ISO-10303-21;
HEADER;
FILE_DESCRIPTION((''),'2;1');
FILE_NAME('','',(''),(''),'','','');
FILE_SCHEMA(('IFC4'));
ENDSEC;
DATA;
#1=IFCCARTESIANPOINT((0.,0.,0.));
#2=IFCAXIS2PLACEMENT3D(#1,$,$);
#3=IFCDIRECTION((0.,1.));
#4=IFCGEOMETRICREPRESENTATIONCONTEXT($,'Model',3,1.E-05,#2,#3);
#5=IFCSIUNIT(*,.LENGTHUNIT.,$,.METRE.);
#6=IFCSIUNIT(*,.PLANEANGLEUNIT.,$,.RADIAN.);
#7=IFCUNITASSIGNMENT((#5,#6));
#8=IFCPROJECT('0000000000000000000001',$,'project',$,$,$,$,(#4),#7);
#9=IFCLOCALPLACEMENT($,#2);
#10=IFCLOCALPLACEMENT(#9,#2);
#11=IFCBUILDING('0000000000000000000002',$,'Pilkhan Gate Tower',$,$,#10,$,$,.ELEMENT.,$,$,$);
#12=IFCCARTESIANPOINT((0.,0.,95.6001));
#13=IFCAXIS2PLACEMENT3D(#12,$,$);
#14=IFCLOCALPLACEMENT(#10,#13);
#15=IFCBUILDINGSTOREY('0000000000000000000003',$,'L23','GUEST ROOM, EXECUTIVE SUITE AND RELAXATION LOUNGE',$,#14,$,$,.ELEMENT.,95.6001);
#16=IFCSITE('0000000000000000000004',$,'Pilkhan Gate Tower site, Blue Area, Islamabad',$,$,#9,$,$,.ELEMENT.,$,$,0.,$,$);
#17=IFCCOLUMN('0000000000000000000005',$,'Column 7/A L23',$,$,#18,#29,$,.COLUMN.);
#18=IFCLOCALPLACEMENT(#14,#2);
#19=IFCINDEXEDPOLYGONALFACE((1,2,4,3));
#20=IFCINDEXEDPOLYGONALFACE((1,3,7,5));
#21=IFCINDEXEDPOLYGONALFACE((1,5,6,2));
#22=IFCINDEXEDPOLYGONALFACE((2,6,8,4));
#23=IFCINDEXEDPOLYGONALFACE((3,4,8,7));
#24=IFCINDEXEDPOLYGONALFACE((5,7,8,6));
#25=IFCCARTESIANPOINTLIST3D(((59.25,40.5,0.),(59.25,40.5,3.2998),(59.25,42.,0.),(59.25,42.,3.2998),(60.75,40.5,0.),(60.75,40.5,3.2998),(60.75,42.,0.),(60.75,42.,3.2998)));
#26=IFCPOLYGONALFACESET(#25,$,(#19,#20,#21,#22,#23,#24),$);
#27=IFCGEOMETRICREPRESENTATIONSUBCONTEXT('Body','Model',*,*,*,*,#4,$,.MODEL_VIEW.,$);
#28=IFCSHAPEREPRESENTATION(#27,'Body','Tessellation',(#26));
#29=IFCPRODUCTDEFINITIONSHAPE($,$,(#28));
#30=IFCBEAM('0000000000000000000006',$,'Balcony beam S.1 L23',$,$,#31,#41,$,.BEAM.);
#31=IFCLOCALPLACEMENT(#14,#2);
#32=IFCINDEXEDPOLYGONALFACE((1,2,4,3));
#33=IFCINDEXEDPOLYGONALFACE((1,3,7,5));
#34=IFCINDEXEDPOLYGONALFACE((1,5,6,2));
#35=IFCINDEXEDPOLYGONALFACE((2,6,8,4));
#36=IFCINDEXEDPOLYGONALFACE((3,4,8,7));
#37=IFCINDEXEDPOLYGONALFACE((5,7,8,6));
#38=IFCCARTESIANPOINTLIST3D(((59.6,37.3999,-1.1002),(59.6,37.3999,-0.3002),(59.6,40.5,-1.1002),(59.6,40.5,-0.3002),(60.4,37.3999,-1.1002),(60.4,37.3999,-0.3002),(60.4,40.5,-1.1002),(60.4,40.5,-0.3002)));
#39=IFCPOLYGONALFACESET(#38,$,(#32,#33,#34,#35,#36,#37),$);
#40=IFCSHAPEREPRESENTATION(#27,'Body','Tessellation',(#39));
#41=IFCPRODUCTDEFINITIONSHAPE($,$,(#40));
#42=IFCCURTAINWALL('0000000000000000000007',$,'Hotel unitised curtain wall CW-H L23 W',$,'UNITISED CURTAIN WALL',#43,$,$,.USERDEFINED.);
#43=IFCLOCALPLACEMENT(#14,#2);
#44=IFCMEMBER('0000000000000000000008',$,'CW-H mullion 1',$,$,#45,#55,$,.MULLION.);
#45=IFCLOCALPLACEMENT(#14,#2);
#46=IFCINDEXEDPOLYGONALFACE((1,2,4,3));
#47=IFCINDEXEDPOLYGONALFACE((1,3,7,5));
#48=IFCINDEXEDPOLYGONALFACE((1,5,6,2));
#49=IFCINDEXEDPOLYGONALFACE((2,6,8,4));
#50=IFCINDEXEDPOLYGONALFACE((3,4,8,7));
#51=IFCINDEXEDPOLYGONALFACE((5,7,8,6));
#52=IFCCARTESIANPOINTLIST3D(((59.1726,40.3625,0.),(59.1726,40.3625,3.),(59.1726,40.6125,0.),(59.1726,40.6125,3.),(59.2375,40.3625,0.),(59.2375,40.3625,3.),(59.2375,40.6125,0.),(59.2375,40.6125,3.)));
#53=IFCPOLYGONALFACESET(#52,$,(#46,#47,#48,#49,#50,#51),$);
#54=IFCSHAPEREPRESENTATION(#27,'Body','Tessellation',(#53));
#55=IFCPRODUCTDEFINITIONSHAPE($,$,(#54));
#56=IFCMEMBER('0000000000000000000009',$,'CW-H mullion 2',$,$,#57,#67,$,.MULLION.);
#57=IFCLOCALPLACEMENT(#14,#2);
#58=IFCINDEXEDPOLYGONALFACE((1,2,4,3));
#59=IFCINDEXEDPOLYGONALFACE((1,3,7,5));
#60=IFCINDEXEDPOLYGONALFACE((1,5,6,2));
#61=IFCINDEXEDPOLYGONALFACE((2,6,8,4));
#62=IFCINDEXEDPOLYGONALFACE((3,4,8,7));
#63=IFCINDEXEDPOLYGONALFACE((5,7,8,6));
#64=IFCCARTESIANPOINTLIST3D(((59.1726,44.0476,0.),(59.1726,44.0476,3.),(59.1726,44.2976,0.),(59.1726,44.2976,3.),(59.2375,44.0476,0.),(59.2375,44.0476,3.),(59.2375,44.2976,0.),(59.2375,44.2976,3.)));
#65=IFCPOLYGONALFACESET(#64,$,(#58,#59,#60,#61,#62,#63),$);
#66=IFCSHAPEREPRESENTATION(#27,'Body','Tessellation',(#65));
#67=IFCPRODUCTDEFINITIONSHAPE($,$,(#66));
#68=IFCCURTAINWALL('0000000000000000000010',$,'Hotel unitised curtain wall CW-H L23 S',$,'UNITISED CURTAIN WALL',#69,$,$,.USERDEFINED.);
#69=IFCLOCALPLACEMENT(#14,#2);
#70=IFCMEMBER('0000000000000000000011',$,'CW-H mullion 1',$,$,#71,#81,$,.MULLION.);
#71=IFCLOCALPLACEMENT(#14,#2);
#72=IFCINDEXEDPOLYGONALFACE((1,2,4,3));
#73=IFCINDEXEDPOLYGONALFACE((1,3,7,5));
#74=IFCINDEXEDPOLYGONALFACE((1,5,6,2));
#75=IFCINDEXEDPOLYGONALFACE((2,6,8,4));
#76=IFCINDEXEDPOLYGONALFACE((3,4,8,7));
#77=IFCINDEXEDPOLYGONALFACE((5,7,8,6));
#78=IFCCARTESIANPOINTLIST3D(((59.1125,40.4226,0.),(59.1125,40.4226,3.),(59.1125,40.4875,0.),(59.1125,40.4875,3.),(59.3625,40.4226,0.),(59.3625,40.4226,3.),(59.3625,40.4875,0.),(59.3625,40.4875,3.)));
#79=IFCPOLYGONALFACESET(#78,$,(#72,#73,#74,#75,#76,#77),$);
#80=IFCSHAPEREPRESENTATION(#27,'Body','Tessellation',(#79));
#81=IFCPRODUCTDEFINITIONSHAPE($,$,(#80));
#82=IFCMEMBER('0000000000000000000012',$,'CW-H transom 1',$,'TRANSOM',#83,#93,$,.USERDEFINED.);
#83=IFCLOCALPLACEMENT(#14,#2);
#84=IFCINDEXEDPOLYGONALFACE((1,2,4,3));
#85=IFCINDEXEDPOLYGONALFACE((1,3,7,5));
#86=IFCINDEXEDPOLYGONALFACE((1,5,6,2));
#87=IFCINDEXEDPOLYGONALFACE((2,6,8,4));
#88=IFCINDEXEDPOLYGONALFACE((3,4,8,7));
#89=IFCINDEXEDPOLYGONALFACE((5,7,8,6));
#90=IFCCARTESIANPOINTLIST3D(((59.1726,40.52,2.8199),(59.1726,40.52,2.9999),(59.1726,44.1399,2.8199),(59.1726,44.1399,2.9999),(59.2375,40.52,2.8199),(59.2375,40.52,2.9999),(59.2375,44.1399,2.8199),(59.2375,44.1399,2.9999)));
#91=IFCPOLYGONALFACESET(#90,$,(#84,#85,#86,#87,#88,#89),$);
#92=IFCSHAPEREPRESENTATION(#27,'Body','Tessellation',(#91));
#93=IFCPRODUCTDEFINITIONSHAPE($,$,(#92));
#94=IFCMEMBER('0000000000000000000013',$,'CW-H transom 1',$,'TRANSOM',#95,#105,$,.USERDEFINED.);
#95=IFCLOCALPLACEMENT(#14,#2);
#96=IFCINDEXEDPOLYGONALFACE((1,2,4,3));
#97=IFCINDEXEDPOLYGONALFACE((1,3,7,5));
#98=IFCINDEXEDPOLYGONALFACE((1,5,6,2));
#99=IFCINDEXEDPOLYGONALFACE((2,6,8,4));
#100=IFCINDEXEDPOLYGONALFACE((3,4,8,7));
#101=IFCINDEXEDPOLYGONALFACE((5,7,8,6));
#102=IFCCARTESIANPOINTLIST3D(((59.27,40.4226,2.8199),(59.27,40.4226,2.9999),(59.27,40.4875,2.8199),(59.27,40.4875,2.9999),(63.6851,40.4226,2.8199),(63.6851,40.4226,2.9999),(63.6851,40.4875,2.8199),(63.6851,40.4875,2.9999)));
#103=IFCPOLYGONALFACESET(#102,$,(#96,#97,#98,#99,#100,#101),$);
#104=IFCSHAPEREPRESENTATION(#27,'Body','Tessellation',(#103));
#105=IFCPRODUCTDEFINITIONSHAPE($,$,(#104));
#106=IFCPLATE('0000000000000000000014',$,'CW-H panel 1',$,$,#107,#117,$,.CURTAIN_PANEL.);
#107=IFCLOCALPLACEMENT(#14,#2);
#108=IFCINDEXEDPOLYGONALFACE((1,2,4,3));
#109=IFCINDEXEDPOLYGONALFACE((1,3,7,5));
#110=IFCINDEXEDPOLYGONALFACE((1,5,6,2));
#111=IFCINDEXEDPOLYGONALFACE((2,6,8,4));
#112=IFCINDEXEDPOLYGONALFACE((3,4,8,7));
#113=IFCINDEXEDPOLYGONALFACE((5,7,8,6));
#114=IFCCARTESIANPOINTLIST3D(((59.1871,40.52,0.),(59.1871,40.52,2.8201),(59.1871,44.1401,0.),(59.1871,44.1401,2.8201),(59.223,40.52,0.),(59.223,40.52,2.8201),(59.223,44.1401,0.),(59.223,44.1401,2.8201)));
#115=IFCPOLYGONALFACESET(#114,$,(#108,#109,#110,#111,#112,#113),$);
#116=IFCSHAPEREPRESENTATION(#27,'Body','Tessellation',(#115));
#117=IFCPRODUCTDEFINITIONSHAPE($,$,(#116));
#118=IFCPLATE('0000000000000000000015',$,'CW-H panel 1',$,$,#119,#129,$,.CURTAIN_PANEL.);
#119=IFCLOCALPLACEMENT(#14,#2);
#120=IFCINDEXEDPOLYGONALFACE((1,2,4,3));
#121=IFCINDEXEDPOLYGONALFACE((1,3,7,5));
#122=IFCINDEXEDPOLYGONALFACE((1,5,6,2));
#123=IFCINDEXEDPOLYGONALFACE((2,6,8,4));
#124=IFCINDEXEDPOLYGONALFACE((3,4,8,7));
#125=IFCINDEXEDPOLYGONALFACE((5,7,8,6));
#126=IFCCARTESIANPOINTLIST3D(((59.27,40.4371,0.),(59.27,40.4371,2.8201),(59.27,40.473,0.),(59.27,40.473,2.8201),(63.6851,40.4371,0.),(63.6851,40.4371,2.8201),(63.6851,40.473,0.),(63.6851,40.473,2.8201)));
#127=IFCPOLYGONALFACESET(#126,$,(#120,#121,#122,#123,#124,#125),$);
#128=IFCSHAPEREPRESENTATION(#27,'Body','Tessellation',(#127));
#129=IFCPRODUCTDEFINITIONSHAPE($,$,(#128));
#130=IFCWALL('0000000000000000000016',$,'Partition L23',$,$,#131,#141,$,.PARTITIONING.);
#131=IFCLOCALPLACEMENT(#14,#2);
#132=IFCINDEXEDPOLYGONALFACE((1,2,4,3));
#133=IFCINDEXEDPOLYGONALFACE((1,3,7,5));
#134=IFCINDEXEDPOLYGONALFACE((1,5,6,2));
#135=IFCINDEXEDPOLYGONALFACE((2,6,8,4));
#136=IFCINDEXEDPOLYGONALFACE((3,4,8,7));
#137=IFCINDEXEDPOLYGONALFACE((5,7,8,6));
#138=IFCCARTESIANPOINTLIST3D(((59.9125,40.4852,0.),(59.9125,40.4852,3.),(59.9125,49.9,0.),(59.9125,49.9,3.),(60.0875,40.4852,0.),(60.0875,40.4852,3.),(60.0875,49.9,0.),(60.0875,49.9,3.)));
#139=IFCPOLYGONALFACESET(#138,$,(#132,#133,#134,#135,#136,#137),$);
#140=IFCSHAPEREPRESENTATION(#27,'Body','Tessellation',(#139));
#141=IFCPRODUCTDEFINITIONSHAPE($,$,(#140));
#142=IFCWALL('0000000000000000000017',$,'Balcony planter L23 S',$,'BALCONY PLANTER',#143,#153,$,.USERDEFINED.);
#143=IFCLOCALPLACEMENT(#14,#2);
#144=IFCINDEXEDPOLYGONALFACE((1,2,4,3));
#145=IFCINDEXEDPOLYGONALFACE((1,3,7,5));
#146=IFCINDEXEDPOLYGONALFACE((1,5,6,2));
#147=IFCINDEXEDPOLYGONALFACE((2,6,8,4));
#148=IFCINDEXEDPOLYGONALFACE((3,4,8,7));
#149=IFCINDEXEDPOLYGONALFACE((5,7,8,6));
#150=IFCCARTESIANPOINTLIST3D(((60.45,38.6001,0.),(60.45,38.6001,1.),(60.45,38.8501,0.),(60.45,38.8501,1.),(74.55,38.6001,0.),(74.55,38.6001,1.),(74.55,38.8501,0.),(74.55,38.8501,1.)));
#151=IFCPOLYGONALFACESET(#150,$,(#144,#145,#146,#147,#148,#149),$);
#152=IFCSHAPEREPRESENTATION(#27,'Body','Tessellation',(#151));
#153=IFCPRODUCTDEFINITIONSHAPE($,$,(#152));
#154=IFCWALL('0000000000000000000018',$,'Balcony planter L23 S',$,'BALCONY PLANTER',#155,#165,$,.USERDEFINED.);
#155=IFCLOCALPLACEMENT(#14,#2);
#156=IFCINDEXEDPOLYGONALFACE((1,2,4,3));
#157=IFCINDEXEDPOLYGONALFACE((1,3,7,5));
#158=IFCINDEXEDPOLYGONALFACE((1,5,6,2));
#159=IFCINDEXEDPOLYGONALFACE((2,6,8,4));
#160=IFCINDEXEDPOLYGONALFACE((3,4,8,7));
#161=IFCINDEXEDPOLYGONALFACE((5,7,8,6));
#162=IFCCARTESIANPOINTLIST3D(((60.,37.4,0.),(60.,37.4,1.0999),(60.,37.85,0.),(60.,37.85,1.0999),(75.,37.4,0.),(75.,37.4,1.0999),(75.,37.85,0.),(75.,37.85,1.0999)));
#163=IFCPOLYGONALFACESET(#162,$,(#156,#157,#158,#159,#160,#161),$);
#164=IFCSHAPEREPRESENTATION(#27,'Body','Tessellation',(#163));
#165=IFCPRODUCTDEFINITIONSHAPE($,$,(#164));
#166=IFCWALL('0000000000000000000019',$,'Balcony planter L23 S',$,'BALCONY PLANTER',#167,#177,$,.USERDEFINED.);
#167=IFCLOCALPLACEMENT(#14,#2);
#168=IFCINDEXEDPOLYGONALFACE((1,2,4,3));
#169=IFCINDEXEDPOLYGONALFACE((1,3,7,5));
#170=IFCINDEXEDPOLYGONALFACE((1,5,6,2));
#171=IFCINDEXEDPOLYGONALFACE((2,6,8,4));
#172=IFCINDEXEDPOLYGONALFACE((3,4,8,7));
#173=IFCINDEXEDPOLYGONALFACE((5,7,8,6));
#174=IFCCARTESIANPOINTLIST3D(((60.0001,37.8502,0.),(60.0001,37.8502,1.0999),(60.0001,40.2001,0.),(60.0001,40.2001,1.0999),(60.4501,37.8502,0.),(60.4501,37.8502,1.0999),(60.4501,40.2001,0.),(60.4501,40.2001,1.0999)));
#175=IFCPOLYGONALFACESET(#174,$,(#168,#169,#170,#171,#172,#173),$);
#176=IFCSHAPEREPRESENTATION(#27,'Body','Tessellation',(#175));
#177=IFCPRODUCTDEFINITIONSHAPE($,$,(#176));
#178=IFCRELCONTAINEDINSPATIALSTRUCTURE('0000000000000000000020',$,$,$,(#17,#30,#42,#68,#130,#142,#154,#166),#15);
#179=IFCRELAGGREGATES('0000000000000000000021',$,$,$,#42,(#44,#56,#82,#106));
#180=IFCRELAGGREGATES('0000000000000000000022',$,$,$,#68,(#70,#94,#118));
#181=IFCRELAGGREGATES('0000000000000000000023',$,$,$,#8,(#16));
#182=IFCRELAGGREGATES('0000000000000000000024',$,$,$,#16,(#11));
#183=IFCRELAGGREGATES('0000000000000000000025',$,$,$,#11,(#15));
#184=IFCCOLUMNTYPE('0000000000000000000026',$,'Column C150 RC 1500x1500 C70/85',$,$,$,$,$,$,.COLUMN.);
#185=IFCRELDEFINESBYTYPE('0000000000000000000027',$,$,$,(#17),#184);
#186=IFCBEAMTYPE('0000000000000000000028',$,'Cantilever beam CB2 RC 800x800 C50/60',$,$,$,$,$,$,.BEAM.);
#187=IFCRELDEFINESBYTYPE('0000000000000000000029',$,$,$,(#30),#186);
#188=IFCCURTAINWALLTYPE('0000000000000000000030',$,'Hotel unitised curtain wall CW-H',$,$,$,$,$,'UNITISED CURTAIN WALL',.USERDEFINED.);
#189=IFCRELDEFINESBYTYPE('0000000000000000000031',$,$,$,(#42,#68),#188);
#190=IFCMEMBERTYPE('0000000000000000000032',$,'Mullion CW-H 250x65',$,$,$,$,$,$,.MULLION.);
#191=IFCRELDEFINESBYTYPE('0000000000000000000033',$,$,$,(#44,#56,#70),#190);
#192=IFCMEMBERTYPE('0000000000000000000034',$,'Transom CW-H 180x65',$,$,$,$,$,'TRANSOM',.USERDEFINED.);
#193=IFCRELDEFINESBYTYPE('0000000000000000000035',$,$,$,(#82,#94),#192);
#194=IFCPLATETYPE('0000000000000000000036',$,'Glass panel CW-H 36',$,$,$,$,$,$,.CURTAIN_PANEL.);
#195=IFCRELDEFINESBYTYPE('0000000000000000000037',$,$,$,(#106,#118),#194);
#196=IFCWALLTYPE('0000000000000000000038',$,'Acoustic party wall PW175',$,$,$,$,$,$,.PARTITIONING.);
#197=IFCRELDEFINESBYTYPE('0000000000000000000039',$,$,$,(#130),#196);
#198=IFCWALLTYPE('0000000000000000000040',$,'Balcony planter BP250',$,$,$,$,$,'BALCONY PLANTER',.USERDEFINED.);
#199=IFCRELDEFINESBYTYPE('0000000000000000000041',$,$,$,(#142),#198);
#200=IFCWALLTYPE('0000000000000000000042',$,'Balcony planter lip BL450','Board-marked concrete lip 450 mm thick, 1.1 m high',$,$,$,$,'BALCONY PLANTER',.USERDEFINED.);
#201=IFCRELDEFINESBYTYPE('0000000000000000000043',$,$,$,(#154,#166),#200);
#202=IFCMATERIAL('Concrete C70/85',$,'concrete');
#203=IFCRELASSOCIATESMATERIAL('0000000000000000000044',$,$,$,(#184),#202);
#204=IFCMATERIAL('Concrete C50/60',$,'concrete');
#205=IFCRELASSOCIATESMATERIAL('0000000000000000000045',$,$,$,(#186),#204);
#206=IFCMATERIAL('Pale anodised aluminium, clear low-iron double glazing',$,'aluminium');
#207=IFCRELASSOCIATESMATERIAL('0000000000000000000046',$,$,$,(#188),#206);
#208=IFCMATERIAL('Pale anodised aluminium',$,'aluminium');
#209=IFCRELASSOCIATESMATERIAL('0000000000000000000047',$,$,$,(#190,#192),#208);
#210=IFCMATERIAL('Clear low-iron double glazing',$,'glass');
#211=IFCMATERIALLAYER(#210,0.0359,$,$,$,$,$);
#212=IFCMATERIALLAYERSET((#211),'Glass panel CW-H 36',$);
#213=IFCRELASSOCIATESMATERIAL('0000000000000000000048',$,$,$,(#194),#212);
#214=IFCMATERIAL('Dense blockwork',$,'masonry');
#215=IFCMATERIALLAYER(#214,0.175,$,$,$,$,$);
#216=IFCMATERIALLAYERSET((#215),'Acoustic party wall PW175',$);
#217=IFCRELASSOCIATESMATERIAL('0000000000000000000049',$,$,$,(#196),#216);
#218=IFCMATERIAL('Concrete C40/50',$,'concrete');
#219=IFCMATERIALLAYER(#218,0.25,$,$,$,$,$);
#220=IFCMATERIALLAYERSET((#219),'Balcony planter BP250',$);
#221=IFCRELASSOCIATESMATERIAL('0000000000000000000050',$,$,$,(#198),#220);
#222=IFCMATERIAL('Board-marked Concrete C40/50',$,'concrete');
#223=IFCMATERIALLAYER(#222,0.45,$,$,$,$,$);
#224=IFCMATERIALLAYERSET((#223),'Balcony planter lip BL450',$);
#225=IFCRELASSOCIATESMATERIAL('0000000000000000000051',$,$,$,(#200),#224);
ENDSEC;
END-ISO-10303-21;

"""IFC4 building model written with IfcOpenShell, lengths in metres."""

from ifc_helpers import new_model, si_unit, direction, frame, frame_2d, origin, origin_2d, place, context, subcontext, project, spatial, rectangle, extrude, material, layer, layer_set, material_profile, profile_set, type_object, element, aggregate, save


model = new_model("IFC4")

# Units and contexts
model_context = context("Model", 3, precision=1e-05, world=origin(), true_north=direction((0.0, 1.0)))
body_context = subcontext(model_context, "Body", "Model", "MODEL_VIEW")
ifc_project = project(units=[si_unit("LENGTHUNIT", "METRE"), si_unit("PLANEANGLEUNIT", "RADIAN")], contexts=[model_context])

# Site, building, storey
site_placement = place(None, origin())
site = spatial("IfcSite", under=ifc_project, at=site_placement, Name="Pilkhan Gate Tower site, Blue Area, Islamabad", CompositionType="ELEMENT", RefElevation=0.0)
building_placement = place(site_placement, origin())
building = spatial("IfcBuilding", under=site, at=building_placement, Name="Pilkhan Gate Tower", CompositionType="ELEMENT")
storey_placement = place(building_placement, frame((0.0, 0.0, 95.6001)))
storey = spatial("IfcBuildingStorey", under=building, at=storey_placement, Name="L23", Description="GUEST ROOM, EXECUTIVE SUITE AND RELAXATION LOUNGE", CompositionType="ELEMENT", Elevation=95.6001)

# Column
ifc_material_1 = material(Name="Concrete C70/85", Category="concrete")
ifc_material_profile_1 = material_profile(ifc_material_1, rectangle(XDim=1.5, YDim=1.5, at=origin_2d()), Name="RC 1500x1500")
ifc_profile_set_1 = profile_set([ifc_material_profile_1], Name="Concrete C70/85")
column_type = type_object("IfcColumnType", Name="Column C150 RC 1500x1500 C70/85", PredefinedType="COLUMN", material=ifc_profile_set_1)
column_placement = place(storey_placement, frame((60.0, 41.25, 0.0), z_axis=(0.0, 0.0, 1.0), x_axis=(1.0, 0.0, 0.0)))
element("IfcColumn", 1, at=column_placement, inside=storey, type_object=column_type, Name="Column 7/A L23", PredefinedType="COLUMN", context=body_context, shape_type="SweptSolid", body=[
    extrude(rectangle(XDim=1.5, YDim=1.5, at=origin_2d()), origin(), (0.0, 0.0, 1.0), 3.2998),
])

# Beam
ifc_material_2 = material(Name="Concrete C50/60", Category="concrete")
ifc_material_profile_2 = material_profile(ifc_material_2, rectangle(XDim=0.8, YDim=0.8, at=origin_2d()), Name="RC 800x800")
ifc_profile_set_2 = profile_set([ifc_material_profile_2], Name="Concrete C50/60")
beam_type = type_object("IfcBeamType", Name="Cantilever beam CB2 RC 800x800 C50/60", PredefinedType="BEAM", material=ifc_profile_set_2)
beam_placement = place(storey_placement, frame((60.0, 40.5, -0.7002), z_axis=(0.0, -1.0, 0.0), x_axis=(1.0, 0.0, 0.0)))
element("IfcBeam", 2, at=beam_placement, inside=storey, type_object=beam_type, Name="Balcony beam S.1 L23", PredefinedType="BEAM", context=body_context, shape_type="SweptSolid", body=[
    extrude(rectangle(XDim=0.8, YDim=0.8, at=origin_2d()), origin(), (0.0, 0.0, 1.0), 3.1001),
])

# Curtain wall, members
ifc_material_3 = material(Name="Pale anodised aluminium, clear low-iron double glazing", Category="aluminium")
curtain_wall_type = type_object("IfcCurtainWallType", Name="Hotel unitised curtain wall CW-H", ElementType="UNITISED CURTAIN WALL", PredefinedType="USERDEFINED", material=ifc_material_3)
curtain_wall_1_placement = place(storey_placement, origin())
curtain_wall_1 = element("IfcCurtainWall", 3, at=curtain_wall_1_placement, inside=storey, type_object=curtain_wall_type, Name="Hotel unitised curtain wall CW-H L23 W", ObjectType="UNITISED CURTAIN WALL", PredefinedType="USERDEFINED")
ifc_material_4 = material(Name="Pale anodised aluminium", Category="aluminium")
ifc_material_profile_3 = material_profile(ifc_material_4, rectangle(XDim=0.0649, YDim=0.25, at=origin_2d()), Name="Mullion 250x65")
ifc_profile_set_3 = profile_set([ifc_material_profile_3], Name="Pale anodised aluminium")
member_type_1 = type_object("IfcMemberType", Name="Mullion CW-H 250x65", PredefinedType="MULLION", material=ifc_profile_set_3)
member_1_placement = place(storey_placement, frame((59.2051, 40.4875, 0.0), z_axis=(0.0, 0.0, 1.0), x_axis=(-1.0, 0.0, 0.0)))
member_1 = element("IfcMember", 4, at=member_1_placement, type_object=member_type_1, Name="CW-H mullion 1", PredefinedType="MULLION", context=body_context, shape_type="SweptSolid", body=[
    extrude(rectangle(XDim=0.0649, YDim=0.25, at=origin_2d()), origin(), (0.0, 0.0, 1.0), 3.0),
])
member_2_placement = place(storey_placement, frame((59.2051, 44.1726, 0.0), z_axis=(0.0, 0.0, 1.0), x_axis=(-1.0, 0.0, 0.0)))
member_2 = element("IfcMember", 5, at=member_2_placement, type_object=member_type_1, Name="CW-H mullion 2", PredefinedType="MULLION", context=body_context, shape_type="SweptSolid", body=[
    extrude(rectangle(XDim=0.0649, YDim=0.25, at=origin_2d()), origin(), (0.0, 0.0, 1.0), 3.0),
])

# Curtain wall, member
curtain_wall_2_placement = place(storey_placement, origin())
curtain_wall_2 = element("IfcCurtainWall", 6, at=curtain_wall_2_placement, inside=storey, type_object=curtain_wall_type, Name="Hotel unitised curtain wall CW-H L23 S", ObjectType="UNITISED CURTAIN WALL", PredefinedType="USERDEFINED")
member_3_placement = place(storey_placement, frame((59.2375, 40.4551, 0.0), z_axis=(0.0, 0.0, 1.0), x_axis=(0.0, 1.0, 0.0)))
member_3 = element("IfcMember", 7, at=member_3_placement, type_object=member_type_1, Name="CW-H mullion 1", PredefinedType="MULLION", context=body_context, shape_type="SweptSolid", body=[
    extrude(rectangle(XDim=0.0649, YDim=0.25, at=origin_2d()), origin(), (0.0, 0.0, 1.0), 3.0),
])

# Members
ifc_material_profile_4 = material_profile(ifc_material_4, rectangle(XDim=0.0649, YDim=0.1799, at=origin_2d()), Name="Transom 180x65")
ifc_profile_set_4 = profile_set([ifc_material_profile_4], Name="Pale anodised aluminium")
member_type_2 = type_object("IfcMemberType", Name="Transom CW-H 180x65", ElementType="TRANSOM", PredefinedType="USERDEFINED", material=ifc_profile_set_4)
member_4_placement = place(storey_placement, frame((59.2051, 40.52, 2.9099), z_axis=(0.0, 1.0, 0.0), x_axis=(-1.0, 0.0, 0.0)))
member_4 = element("IfcMember", 8, at=member_4_placement, type_object=member_type_2, Name="CW-H transom 1", ObjectType="TRANSOM", PredefinedType="USERDEFINED", context=body_context, shape_type="SweptSolid", body=[
    extrude(rectangle(XDim=0.0649, YDim=0.1799, at=origin_2d()), origin(), (0.0, 0.0, 1.0), 3.6199),
])
member_5_placement = place(storey_placement, frame((59.27, 40.4551, 2.9099), z_axis=(1.0, 0.0, 0.0), x_axis=(0.0, 1.0, 0.0)))
member_5 = element("IfcMember", 9, at=member_5_placement, type_object=member_type_2, Name="CW-H transom 1", ObjectType="TRANSOM", PredefinedType="USERDEFINED", context=body_context, shape_type="SweptSolid", body=[
    extrude(rectangle(XDim=0.0649, YDim=0.1799, at=origin_2d()), origin(), (0.0, 0.0, 1.0), 4.415),
])

# Plates
ifc_material_5 = material(Name="Clear low-iron double glazing", Category="glass")
ifc_layer_1 = layer(ifc_material_5, 0.0359)
ifc_layer_set_1 = layer_set([ifc_layer_1], Name="Glass panel CW-H 36")
plate_type = type_object("IfcPlateType", Name="Glass panel CW-H 36", PredefinedType="CURTAIN_PANEL", material=ifc_layer_set_1)
plate_1_placement = place(storey_placement, frame((59.2051, 42.3301, 0.0), z_axis=(0.0, 0.0, 1.0), x_axis=(0.0, 1.0, 0.0)))
plate_1 = element("IfcPlate", 10, at=plate_1_placement, type_object=plate_type, Name="CW-H panel 1", PredefinedType="CURTAIN_PANEL", context=body_context, shape_type="SweptSolid", body=[
    extrude(rectangle(XDim=3.6201, YDim=0.0359, at=origin_2d()), origin(), (0.0, 0.0, 1.0), 2.8201),
])
aggregate(curtain_wall_1, [member_1, member_2, member_4, plate_1])
plate_2_placement = place(storey_placement, frame((61.4775, 40.4551, 0.0), z_axis=(0.0, 0.0, 1.0), x_axis=(1.0, 0.0, 0.0)))
plate_2 = element("IfcPlate", 11, at=plate_2_placement, type_object=plate_type, Name="CW-H panel 1", PredefinedType="CURTAIN_PANEL", context=body_context, shape_type="SweptSolid", body=[
    extrude(rectangle(XDim=4.415, YDim=0.0359, at=origin_2d()), origin(), (0.0, 0.0, 1.0), 2.8201),
])
aggregate(curtain_wall_2, [member_3, member_5, plate_2])

# Walls
ifc_material_6 = material(Name="Dense blockwork", Category="masonry")
ifc_layer_2 = layer(ifc_material_6, 0.175)
ifc_layer_set_2 = layer_set([ifc_layer_2], Name="Acoustic party wall PW175")
wall_type_1 = type_object("IfcWallType", Name="Acoustic party wall PW175", PredefinedType="PARTITIONING", material=ifc_layer_set_2)
wall_1_placement = place(storey_placement, frame((60.0, 40.4851, 0.0), z_axis=(0.0, 0.0, 1.0), x_axis=(0.0, 1.0, 0.0)))
element("IfcWall", 12, at=wall_1_placement, inside=storey, type_object=wall_type_1, Name="Partition L23", PredefinedType="PARTITIONING", context=body_context, shape_type="SweptSolid", body=[
    extrude(rectangle(XDim=9.4148, YDim=0.175, at=frame_2d((4.7075, 0.0))), origin(), (0.0, 0.0, 1.0), 3.0),
])
ifc_material_7 = material(Name="Concrete C40/50", Category="concrete")
ifc_layer_3 = layer(ifc_material_7, 0.25)
ifc_layer_set_3 = layer_set([ifc_layer_3], Name="Balcony planter BP250")
wall_type_2 = type_object("IfcWallType", Name="Balcony planter BP250", ElementType="BALCONY PLANTER", PredefinedType="USERDEFINED", material=ifc_layer_set_3)
wall_2_placement = place(storey_placement, frame((60.45, 38.7251, 0.0), z_axis=(0.0, 0.0, 1.0), x_axis=(1.0, 0.0, 0.0)))
element("IfcWall", 13, at=wall_2_placement, inside=storey, type_object=wall_type_2, Name="Balcony planter L23 S", ObjectType="BALCONY PLANTER", PredefinedType="USERDEFINED", context=body_context, shape_type="SweptSolid", body=[
    extrude(rectangle(XDim=14.1001, YDim=0.25, at=frame_2d((7.05, 0.0))), origin(), (0.0, 0.0, 1.0), 1.0),
])
ifc_material_8 = material(Name="Board-marked Concrete C40/50", Category="concrete")
ifc_layer_4 = layer(ifc_material_8, 0.45)
ifc_layer_set_4 = layer_set([ifc_layer_4], Name="Balcony planter lip BL450")
wall_type_3 = type_object("IfcWallType", Name="Balcony planter lip BL450", Description="Board-marked concrete lip 450 mm thick, 1.1 m high", ElementType="BALCONY PLANTER", PredefinedType="USERDEFINED", material=ifc_layer_set_4)
wall_3_placement = place(storey_placement, frame((60.0, 37.625, 0.0), z_axis=(0.0, 0.0, 1.0), x_axis=(1.0, 0.0, 0.0)))
element("IfcWall", 14, at=wall_3_placement, inside=storey, type_object=wall_type_3, Name="Balcony planter L23 S", ObjectType="BALCONY PLANTER", PredefinedType="USERDEFINED", context=body_context, shape_type="SweptSolid", body=[
    extrude(rectangle(XDim=15.0, YDim=0.45, at=frame_2d((7.5, 0.0))), origin(), (0.0, 0.0, 1.0), 1.0999),
])
wall_4_placement = place(storey_placement, frame((60.2251, 40.2, 0.0), z_axis=(0.0, 0.0, 1.0), x_axis=(0.0, -1.0, 0.0)))
element("IfcWall", 15, at=wall_4_placement, inside=storey, type_object=wall_type_3, Name="Balcony planter L23 S", ObjectType="BALCONY PLANTER", PredefinedType="USERDEFINED", context=body_context, shape_type="SweptSolid", body=[
    extrude(rectangle(XDim=2.3499, YDim=0.45, at=frame_2d((1.1748, 0.0))), origin(), (0.0, 0.0, 1.0), 1.0999),
])

save(model, "model.ifc")
